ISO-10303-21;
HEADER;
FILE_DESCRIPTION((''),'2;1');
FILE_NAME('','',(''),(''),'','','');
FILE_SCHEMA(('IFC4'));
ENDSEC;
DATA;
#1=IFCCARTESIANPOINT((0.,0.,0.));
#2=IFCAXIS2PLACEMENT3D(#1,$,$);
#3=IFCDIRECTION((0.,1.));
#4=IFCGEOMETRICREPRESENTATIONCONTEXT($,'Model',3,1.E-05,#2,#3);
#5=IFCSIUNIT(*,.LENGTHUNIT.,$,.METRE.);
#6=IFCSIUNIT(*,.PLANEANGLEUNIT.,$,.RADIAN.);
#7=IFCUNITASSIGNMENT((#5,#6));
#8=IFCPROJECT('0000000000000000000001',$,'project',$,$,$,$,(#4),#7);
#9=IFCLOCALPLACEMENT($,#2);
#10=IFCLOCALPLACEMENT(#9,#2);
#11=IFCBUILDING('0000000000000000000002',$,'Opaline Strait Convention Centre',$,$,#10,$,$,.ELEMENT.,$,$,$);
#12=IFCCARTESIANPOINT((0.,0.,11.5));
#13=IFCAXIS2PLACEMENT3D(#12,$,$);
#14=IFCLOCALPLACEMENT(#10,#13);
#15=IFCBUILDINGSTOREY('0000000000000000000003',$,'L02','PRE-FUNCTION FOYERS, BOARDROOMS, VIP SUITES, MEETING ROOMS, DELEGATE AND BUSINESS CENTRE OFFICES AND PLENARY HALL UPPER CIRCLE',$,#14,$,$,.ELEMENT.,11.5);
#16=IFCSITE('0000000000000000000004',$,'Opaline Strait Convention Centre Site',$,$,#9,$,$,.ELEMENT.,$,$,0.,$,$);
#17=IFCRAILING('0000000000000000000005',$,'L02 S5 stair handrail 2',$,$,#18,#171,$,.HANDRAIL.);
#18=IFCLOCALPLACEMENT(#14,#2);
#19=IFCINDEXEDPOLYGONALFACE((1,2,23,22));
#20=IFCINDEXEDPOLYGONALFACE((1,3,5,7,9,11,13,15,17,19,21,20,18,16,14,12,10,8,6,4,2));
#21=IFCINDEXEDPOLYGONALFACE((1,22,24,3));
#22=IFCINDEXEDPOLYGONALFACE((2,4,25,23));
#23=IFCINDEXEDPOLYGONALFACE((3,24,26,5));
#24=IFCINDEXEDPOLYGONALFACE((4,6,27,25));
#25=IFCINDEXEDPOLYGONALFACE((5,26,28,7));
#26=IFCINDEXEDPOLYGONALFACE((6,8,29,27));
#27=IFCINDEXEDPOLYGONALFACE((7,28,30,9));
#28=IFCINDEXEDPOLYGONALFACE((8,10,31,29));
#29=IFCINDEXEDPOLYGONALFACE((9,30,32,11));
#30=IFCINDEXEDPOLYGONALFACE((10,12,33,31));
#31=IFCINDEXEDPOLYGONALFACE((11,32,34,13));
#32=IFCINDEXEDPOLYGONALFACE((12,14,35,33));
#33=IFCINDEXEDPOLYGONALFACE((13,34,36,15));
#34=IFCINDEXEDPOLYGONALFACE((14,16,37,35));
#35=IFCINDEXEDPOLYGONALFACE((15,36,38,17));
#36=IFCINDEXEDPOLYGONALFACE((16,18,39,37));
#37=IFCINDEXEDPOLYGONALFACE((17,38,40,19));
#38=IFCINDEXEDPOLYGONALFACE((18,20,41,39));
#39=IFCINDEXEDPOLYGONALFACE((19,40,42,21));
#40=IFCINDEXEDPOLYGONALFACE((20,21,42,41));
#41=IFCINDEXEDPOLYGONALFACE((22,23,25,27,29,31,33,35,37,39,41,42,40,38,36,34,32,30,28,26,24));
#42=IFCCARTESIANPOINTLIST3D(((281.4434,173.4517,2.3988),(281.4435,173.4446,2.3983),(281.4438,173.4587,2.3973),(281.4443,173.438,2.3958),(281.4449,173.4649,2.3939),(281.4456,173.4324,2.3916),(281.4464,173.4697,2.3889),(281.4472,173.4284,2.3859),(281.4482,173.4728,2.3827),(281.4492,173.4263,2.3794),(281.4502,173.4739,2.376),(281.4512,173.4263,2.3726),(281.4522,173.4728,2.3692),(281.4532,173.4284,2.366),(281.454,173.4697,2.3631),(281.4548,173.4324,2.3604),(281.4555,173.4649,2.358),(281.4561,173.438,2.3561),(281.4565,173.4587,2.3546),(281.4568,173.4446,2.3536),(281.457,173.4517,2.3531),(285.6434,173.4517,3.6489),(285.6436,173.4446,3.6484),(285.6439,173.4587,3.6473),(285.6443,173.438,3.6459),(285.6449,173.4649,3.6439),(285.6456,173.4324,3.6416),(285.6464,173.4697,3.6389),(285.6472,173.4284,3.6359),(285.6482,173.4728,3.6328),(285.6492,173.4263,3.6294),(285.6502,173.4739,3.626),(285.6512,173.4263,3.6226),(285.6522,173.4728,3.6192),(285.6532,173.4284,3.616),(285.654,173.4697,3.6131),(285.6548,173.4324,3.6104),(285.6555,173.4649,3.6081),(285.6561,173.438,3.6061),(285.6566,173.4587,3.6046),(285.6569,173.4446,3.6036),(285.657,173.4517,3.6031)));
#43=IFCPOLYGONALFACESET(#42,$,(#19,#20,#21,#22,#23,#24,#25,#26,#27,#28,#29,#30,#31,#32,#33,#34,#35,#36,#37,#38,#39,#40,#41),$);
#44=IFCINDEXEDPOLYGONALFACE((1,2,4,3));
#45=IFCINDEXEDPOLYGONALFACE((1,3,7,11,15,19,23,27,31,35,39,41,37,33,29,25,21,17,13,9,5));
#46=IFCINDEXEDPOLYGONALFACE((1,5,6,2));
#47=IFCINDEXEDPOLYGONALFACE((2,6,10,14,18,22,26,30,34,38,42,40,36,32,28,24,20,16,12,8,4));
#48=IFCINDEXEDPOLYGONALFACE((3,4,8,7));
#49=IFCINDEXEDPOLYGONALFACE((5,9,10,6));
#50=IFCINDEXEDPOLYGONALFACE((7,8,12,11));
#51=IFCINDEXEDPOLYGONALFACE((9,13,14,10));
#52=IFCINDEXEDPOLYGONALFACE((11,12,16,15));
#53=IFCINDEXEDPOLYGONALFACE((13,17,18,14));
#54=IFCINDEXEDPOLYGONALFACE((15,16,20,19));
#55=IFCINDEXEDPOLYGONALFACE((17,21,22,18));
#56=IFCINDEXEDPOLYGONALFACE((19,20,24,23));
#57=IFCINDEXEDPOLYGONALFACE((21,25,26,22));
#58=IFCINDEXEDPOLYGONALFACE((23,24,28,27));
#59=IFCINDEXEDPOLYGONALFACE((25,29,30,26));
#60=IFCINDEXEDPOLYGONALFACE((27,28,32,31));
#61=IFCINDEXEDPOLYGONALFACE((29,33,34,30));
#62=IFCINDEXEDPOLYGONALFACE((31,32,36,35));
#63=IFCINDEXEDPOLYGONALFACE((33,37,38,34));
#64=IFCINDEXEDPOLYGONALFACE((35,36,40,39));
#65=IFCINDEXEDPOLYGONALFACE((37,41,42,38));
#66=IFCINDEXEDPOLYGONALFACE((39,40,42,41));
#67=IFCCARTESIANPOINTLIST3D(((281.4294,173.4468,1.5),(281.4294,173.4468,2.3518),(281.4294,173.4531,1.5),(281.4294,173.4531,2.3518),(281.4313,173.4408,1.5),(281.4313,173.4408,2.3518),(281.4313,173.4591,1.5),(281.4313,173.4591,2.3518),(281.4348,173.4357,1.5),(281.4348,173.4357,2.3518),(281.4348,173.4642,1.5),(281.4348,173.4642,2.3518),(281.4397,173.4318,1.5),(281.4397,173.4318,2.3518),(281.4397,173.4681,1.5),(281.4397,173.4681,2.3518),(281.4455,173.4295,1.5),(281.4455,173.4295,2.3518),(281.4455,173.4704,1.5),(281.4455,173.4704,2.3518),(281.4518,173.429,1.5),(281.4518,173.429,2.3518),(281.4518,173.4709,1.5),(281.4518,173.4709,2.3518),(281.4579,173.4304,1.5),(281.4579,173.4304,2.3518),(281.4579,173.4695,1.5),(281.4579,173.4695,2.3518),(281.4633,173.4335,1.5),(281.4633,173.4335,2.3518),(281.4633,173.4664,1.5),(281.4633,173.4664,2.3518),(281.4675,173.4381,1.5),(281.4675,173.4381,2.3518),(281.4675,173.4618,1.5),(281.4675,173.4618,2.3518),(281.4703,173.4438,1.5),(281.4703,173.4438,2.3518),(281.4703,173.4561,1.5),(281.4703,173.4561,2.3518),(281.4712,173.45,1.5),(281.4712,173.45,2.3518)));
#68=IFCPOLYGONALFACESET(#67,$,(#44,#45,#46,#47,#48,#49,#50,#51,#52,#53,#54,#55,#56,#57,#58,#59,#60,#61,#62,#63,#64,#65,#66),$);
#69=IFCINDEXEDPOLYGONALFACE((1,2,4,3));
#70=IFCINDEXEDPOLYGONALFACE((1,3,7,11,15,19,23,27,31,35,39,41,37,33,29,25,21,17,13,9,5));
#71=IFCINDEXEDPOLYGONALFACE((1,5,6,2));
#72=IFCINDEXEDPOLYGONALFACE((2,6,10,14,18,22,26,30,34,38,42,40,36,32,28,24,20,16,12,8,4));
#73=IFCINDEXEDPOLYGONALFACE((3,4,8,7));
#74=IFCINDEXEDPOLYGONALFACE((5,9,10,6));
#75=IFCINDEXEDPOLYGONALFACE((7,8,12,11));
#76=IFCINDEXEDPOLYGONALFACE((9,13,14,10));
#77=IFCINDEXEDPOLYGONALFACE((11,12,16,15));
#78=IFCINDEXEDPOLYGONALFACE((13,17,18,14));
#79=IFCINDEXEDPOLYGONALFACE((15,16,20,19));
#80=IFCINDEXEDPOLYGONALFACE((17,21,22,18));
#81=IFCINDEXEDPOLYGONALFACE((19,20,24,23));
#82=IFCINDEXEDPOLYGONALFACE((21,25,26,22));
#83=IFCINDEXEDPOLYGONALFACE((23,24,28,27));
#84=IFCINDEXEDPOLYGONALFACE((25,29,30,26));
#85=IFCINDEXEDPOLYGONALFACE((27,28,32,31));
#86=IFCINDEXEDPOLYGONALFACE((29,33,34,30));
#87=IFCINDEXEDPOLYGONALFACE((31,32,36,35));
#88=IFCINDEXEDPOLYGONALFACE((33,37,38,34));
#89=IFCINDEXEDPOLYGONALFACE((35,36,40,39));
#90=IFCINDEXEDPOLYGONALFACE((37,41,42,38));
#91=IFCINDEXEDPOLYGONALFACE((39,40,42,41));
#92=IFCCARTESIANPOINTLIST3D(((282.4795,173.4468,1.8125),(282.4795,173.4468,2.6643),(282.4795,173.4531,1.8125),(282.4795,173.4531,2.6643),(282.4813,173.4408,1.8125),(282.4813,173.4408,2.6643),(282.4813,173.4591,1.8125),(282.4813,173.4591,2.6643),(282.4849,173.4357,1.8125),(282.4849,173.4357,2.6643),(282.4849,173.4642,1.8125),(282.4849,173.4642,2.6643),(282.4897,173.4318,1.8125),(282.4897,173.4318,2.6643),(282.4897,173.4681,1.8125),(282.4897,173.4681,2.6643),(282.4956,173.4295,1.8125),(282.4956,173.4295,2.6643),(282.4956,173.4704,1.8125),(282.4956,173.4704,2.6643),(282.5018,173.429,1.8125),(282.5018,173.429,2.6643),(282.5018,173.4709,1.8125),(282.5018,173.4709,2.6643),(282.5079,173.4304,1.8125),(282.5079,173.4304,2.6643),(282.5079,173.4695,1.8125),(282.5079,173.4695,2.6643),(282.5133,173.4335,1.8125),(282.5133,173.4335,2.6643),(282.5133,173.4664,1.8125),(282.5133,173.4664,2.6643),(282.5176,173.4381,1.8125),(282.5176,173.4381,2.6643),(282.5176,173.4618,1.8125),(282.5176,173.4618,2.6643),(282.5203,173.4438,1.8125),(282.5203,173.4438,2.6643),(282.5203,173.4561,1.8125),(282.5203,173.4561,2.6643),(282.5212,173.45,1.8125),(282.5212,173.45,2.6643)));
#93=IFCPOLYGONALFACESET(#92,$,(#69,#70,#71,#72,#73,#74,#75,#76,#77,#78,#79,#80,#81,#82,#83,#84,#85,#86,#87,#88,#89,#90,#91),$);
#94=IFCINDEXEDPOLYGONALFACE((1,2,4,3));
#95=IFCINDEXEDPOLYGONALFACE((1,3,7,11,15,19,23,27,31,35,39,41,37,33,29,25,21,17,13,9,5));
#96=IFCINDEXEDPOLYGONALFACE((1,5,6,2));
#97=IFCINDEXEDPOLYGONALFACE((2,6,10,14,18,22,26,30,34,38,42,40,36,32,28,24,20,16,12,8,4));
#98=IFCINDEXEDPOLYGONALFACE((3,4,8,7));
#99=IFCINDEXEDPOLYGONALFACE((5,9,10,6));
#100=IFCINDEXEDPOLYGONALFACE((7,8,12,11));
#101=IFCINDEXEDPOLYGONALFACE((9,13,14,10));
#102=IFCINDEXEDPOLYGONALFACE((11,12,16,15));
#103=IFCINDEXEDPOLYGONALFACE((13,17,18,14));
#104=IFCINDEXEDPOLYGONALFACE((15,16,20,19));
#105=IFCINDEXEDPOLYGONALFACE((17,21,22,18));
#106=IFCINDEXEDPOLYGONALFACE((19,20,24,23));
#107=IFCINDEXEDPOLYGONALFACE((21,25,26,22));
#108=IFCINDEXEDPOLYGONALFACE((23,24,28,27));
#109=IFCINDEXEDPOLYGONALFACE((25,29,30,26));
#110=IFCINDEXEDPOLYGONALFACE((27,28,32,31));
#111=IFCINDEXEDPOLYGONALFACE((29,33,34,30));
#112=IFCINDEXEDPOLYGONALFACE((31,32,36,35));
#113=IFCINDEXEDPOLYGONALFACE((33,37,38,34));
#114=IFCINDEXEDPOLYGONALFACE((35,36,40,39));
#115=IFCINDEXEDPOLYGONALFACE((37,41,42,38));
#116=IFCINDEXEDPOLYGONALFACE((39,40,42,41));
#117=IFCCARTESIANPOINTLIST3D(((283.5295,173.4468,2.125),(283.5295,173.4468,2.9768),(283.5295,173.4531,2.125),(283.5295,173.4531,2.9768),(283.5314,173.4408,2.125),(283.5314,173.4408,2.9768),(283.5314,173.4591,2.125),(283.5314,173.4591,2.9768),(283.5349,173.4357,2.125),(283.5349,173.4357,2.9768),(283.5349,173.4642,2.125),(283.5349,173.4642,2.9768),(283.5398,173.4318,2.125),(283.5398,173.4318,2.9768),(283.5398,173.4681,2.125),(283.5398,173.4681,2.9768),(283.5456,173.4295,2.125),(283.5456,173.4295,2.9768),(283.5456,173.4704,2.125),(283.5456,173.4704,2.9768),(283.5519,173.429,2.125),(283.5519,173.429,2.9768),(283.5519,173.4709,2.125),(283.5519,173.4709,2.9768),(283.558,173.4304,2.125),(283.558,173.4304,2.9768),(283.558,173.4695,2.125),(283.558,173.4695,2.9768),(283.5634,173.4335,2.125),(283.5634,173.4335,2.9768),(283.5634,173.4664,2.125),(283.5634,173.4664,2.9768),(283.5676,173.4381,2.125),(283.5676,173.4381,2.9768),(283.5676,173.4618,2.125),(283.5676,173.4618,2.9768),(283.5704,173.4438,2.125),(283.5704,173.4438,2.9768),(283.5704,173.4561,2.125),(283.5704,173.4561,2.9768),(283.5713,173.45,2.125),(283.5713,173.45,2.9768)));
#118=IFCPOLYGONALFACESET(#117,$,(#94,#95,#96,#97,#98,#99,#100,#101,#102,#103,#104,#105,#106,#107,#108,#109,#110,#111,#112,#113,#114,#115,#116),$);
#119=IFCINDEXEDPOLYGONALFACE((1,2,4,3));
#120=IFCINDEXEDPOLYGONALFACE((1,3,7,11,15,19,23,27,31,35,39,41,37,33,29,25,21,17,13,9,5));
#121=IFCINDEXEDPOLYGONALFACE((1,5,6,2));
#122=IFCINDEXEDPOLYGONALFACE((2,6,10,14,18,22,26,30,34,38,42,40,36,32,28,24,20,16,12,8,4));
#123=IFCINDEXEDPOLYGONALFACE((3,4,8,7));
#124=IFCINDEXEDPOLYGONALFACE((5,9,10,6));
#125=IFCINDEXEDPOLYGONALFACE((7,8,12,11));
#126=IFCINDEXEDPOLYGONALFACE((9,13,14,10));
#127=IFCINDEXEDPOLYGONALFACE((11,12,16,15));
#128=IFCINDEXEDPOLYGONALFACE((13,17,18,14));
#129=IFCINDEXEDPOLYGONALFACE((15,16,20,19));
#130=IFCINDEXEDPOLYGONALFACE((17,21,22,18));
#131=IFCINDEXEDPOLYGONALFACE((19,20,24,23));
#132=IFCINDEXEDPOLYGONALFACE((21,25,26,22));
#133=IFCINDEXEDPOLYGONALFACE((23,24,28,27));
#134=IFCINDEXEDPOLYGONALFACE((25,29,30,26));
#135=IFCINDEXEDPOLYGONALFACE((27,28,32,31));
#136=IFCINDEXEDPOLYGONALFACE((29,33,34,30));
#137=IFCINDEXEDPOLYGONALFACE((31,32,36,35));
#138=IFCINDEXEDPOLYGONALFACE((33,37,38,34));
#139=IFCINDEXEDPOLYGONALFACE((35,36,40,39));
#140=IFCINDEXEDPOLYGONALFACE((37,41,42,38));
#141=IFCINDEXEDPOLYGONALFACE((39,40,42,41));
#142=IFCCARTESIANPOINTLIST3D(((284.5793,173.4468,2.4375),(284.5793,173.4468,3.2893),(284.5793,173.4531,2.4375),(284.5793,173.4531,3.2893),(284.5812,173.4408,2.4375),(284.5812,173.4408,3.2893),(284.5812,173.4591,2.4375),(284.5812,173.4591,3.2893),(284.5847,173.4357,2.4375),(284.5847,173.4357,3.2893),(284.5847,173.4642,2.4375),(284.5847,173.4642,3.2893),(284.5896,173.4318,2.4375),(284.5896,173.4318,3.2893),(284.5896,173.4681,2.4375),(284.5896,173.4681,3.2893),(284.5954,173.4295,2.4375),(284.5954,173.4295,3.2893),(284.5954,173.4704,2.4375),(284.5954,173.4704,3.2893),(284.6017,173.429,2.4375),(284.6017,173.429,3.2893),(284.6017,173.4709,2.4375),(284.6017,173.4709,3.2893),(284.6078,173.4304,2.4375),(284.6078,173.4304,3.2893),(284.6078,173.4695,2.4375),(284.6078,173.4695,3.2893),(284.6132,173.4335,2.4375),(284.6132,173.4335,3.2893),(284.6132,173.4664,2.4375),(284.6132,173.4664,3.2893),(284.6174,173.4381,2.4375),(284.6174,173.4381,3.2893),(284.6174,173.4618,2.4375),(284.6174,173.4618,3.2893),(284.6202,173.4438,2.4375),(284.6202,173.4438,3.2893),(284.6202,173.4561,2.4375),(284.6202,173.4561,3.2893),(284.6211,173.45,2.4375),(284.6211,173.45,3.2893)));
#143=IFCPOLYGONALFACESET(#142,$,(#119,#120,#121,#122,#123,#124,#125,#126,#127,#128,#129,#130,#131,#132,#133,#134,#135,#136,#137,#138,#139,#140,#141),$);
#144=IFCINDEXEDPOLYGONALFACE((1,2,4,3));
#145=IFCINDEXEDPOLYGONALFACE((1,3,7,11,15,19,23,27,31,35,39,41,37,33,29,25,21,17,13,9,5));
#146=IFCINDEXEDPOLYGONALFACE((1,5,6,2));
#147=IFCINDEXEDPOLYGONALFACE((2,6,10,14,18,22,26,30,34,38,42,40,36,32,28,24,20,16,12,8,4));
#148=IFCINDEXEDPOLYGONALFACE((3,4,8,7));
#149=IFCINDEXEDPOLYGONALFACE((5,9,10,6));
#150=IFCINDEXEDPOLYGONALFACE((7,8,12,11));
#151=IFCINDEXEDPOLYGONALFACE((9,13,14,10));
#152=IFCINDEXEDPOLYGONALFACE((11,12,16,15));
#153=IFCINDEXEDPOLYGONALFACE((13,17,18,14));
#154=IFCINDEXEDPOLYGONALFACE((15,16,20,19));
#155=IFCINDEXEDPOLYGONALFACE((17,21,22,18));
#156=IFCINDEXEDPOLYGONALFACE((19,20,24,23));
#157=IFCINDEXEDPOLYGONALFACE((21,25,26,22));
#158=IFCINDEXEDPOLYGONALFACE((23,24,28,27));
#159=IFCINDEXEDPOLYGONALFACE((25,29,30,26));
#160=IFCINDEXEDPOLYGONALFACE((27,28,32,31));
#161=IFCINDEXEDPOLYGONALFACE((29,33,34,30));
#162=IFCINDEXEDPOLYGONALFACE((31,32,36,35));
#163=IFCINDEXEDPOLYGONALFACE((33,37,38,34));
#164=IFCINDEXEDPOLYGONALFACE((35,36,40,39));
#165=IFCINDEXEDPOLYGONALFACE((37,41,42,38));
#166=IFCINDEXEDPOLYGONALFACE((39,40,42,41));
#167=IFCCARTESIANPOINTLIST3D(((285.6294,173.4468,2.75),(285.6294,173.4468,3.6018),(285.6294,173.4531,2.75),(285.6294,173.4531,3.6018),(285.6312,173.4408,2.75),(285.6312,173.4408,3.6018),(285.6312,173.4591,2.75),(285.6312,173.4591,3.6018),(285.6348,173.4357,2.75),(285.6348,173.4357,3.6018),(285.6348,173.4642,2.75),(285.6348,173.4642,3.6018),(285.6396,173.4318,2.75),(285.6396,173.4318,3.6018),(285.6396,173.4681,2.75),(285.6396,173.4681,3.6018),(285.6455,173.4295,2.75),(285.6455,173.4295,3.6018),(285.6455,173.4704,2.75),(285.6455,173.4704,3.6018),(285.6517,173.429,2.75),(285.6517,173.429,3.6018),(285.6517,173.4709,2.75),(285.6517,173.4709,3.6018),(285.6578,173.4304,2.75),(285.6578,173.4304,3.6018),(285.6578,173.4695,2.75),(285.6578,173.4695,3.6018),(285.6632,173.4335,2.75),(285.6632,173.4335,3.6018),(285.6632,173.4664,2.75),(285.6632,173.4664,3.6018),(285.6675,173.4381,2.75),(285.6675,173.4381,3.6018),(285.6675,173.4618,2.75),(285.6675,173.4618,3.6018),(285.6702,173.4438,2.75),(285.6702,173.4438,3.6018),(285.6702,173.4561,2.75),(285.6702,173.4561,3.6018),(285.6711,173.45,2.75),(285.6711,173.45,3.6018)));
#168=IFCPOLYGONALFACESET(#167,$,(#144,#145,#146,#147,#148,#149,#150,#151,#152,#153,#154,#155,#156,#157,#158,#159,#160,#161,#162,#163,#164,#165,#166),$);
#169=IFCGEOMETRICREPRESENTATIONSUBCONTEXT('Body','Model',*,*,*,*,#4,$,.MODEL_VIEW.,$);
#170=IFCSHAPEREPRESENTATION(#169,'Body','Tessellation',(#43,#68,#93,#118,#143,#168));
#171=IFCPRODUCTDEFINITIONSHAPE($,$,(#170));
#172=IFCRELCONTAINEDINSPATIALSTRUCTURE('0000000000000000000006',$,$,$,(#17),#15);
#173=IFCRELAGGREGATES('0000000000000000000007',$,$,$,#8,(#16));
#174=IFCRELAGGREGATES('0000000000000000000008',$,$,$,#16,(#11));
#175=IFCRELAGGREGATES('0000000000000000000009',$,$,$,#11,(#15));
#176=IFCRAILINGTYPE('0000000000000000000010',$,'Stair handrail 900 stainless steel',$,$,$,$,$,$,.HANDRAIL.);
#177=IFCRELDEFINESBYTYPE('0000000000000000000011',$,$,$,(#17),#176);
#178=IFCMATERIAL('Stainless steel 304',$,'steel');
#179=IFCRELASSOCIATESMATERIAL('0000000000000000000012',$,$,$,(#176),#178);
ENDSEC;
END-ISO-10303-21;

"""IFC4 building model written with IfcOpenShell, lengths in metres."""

from ifc_helpers import new_model, si_unit, direction, frame, origin, origin_2d, place, context, subcontext, project, spatial, circle, extrude, material, type_object, element, save


model = new_model("IFC4")

# Units and contexts
model_context = context("Model", 3, precision=1e-05, world=origin(), true_north=direction((0.0, 1.0)))
body_context = subcontext(model_context, "Body", "Model", "MODEL_VIEW")
ifc_project = project(units=[si_unit("LENGTHUNIT", "METRE"), si_unit("PLANEANGLEUNIT", "RADIAN")], contexts=[model_context])

# Site, building, storey
site_placement = place(None, origin())
site = spatial("IfcSite", under=ifc_project, at=site_placement, Name="Opaline Strait Convention Centre Site", CompositionType="ELEMENT", RefElevation=0.0)
building_placement = place(site_placement, origin())
building = spatial("IfcBuilding", under=site, at=building_placement, Name="Opaline Strait Convention Centre", CompositionType="ELEMENT")
storey_placement = place(building_placement, frame((0.0, 0.0, 11.5)))
storey = spatial("IfcBuildingStorey", under=building, at=storey_placement, Name="L02", Description="PRE-FUNCTION FOYERS, BOARDROOMS, VIP SUITES, MEETING ROOMS, DELEGATE AND BUSINESS CENTRE OFFICES AND PLENARY HALL UPPER CIRCLE", CompositionType="ELEMENT", Elevation=11.5)

# Railing
ifc_material_1 = material(Name="Stainless steel 304", Category="steel")
railing_type_1 = type_object("IfcRailingType", Name="Stair handrail 900 stainless steel", PredefinedType="HANDRAIL", material=ifc_material_1)
for number, where, name in (
    (1, (281.4502, 173.45, 1.5), "L02 S5 stair handrail 2"),
):
    element("IfcRailing", number, at=place(storey_placement, frame(where)), inside=storey, type_object=railing_type_1, Name=name, PredefinedType="HANDRAIL", context=body_context, shape_type="SweptSolid", body=[
        extrude(circle(Radius=0.0239, at=origin_2d()), frame((0.0, 0.0, 0.876), z_axis=(0.958451, 0.0, 0.285257), x_axis=(0.0, 1.0, 0.0)), (0.0, 0.0, 1.0), 4.3821),
        extrude(circle(Radius=0.021, at=origin_2d()), origin(), (0.0, 0.0, 1.0), 0.8518),
        extrude(circle(Radius=0.021, at=origin_2d()), frame((1.05, 0.0, 0.3125)), (0.0, 0.0, 1.0), 0.8518),
        extrude(circle(Radius=0.021, at=origin_2d()), frame((2.1001, 0.0, 0.625)), (0.0, 0.0, 1.0), 0.8518),
        extrude(circle(Radius=0.021, at=origin_2d()), frame((3.1499, 0.0, 0.9375)), (0.0, 0.0, 1.0), 0.8518),
        extrude(circle(Radius=0.021, at=origin_2d()), frame((4.2, 0.0, 1.25)), (0.0, 0.0, 1.0), 0.8518),
    ])

save(model, "model.ifc")
